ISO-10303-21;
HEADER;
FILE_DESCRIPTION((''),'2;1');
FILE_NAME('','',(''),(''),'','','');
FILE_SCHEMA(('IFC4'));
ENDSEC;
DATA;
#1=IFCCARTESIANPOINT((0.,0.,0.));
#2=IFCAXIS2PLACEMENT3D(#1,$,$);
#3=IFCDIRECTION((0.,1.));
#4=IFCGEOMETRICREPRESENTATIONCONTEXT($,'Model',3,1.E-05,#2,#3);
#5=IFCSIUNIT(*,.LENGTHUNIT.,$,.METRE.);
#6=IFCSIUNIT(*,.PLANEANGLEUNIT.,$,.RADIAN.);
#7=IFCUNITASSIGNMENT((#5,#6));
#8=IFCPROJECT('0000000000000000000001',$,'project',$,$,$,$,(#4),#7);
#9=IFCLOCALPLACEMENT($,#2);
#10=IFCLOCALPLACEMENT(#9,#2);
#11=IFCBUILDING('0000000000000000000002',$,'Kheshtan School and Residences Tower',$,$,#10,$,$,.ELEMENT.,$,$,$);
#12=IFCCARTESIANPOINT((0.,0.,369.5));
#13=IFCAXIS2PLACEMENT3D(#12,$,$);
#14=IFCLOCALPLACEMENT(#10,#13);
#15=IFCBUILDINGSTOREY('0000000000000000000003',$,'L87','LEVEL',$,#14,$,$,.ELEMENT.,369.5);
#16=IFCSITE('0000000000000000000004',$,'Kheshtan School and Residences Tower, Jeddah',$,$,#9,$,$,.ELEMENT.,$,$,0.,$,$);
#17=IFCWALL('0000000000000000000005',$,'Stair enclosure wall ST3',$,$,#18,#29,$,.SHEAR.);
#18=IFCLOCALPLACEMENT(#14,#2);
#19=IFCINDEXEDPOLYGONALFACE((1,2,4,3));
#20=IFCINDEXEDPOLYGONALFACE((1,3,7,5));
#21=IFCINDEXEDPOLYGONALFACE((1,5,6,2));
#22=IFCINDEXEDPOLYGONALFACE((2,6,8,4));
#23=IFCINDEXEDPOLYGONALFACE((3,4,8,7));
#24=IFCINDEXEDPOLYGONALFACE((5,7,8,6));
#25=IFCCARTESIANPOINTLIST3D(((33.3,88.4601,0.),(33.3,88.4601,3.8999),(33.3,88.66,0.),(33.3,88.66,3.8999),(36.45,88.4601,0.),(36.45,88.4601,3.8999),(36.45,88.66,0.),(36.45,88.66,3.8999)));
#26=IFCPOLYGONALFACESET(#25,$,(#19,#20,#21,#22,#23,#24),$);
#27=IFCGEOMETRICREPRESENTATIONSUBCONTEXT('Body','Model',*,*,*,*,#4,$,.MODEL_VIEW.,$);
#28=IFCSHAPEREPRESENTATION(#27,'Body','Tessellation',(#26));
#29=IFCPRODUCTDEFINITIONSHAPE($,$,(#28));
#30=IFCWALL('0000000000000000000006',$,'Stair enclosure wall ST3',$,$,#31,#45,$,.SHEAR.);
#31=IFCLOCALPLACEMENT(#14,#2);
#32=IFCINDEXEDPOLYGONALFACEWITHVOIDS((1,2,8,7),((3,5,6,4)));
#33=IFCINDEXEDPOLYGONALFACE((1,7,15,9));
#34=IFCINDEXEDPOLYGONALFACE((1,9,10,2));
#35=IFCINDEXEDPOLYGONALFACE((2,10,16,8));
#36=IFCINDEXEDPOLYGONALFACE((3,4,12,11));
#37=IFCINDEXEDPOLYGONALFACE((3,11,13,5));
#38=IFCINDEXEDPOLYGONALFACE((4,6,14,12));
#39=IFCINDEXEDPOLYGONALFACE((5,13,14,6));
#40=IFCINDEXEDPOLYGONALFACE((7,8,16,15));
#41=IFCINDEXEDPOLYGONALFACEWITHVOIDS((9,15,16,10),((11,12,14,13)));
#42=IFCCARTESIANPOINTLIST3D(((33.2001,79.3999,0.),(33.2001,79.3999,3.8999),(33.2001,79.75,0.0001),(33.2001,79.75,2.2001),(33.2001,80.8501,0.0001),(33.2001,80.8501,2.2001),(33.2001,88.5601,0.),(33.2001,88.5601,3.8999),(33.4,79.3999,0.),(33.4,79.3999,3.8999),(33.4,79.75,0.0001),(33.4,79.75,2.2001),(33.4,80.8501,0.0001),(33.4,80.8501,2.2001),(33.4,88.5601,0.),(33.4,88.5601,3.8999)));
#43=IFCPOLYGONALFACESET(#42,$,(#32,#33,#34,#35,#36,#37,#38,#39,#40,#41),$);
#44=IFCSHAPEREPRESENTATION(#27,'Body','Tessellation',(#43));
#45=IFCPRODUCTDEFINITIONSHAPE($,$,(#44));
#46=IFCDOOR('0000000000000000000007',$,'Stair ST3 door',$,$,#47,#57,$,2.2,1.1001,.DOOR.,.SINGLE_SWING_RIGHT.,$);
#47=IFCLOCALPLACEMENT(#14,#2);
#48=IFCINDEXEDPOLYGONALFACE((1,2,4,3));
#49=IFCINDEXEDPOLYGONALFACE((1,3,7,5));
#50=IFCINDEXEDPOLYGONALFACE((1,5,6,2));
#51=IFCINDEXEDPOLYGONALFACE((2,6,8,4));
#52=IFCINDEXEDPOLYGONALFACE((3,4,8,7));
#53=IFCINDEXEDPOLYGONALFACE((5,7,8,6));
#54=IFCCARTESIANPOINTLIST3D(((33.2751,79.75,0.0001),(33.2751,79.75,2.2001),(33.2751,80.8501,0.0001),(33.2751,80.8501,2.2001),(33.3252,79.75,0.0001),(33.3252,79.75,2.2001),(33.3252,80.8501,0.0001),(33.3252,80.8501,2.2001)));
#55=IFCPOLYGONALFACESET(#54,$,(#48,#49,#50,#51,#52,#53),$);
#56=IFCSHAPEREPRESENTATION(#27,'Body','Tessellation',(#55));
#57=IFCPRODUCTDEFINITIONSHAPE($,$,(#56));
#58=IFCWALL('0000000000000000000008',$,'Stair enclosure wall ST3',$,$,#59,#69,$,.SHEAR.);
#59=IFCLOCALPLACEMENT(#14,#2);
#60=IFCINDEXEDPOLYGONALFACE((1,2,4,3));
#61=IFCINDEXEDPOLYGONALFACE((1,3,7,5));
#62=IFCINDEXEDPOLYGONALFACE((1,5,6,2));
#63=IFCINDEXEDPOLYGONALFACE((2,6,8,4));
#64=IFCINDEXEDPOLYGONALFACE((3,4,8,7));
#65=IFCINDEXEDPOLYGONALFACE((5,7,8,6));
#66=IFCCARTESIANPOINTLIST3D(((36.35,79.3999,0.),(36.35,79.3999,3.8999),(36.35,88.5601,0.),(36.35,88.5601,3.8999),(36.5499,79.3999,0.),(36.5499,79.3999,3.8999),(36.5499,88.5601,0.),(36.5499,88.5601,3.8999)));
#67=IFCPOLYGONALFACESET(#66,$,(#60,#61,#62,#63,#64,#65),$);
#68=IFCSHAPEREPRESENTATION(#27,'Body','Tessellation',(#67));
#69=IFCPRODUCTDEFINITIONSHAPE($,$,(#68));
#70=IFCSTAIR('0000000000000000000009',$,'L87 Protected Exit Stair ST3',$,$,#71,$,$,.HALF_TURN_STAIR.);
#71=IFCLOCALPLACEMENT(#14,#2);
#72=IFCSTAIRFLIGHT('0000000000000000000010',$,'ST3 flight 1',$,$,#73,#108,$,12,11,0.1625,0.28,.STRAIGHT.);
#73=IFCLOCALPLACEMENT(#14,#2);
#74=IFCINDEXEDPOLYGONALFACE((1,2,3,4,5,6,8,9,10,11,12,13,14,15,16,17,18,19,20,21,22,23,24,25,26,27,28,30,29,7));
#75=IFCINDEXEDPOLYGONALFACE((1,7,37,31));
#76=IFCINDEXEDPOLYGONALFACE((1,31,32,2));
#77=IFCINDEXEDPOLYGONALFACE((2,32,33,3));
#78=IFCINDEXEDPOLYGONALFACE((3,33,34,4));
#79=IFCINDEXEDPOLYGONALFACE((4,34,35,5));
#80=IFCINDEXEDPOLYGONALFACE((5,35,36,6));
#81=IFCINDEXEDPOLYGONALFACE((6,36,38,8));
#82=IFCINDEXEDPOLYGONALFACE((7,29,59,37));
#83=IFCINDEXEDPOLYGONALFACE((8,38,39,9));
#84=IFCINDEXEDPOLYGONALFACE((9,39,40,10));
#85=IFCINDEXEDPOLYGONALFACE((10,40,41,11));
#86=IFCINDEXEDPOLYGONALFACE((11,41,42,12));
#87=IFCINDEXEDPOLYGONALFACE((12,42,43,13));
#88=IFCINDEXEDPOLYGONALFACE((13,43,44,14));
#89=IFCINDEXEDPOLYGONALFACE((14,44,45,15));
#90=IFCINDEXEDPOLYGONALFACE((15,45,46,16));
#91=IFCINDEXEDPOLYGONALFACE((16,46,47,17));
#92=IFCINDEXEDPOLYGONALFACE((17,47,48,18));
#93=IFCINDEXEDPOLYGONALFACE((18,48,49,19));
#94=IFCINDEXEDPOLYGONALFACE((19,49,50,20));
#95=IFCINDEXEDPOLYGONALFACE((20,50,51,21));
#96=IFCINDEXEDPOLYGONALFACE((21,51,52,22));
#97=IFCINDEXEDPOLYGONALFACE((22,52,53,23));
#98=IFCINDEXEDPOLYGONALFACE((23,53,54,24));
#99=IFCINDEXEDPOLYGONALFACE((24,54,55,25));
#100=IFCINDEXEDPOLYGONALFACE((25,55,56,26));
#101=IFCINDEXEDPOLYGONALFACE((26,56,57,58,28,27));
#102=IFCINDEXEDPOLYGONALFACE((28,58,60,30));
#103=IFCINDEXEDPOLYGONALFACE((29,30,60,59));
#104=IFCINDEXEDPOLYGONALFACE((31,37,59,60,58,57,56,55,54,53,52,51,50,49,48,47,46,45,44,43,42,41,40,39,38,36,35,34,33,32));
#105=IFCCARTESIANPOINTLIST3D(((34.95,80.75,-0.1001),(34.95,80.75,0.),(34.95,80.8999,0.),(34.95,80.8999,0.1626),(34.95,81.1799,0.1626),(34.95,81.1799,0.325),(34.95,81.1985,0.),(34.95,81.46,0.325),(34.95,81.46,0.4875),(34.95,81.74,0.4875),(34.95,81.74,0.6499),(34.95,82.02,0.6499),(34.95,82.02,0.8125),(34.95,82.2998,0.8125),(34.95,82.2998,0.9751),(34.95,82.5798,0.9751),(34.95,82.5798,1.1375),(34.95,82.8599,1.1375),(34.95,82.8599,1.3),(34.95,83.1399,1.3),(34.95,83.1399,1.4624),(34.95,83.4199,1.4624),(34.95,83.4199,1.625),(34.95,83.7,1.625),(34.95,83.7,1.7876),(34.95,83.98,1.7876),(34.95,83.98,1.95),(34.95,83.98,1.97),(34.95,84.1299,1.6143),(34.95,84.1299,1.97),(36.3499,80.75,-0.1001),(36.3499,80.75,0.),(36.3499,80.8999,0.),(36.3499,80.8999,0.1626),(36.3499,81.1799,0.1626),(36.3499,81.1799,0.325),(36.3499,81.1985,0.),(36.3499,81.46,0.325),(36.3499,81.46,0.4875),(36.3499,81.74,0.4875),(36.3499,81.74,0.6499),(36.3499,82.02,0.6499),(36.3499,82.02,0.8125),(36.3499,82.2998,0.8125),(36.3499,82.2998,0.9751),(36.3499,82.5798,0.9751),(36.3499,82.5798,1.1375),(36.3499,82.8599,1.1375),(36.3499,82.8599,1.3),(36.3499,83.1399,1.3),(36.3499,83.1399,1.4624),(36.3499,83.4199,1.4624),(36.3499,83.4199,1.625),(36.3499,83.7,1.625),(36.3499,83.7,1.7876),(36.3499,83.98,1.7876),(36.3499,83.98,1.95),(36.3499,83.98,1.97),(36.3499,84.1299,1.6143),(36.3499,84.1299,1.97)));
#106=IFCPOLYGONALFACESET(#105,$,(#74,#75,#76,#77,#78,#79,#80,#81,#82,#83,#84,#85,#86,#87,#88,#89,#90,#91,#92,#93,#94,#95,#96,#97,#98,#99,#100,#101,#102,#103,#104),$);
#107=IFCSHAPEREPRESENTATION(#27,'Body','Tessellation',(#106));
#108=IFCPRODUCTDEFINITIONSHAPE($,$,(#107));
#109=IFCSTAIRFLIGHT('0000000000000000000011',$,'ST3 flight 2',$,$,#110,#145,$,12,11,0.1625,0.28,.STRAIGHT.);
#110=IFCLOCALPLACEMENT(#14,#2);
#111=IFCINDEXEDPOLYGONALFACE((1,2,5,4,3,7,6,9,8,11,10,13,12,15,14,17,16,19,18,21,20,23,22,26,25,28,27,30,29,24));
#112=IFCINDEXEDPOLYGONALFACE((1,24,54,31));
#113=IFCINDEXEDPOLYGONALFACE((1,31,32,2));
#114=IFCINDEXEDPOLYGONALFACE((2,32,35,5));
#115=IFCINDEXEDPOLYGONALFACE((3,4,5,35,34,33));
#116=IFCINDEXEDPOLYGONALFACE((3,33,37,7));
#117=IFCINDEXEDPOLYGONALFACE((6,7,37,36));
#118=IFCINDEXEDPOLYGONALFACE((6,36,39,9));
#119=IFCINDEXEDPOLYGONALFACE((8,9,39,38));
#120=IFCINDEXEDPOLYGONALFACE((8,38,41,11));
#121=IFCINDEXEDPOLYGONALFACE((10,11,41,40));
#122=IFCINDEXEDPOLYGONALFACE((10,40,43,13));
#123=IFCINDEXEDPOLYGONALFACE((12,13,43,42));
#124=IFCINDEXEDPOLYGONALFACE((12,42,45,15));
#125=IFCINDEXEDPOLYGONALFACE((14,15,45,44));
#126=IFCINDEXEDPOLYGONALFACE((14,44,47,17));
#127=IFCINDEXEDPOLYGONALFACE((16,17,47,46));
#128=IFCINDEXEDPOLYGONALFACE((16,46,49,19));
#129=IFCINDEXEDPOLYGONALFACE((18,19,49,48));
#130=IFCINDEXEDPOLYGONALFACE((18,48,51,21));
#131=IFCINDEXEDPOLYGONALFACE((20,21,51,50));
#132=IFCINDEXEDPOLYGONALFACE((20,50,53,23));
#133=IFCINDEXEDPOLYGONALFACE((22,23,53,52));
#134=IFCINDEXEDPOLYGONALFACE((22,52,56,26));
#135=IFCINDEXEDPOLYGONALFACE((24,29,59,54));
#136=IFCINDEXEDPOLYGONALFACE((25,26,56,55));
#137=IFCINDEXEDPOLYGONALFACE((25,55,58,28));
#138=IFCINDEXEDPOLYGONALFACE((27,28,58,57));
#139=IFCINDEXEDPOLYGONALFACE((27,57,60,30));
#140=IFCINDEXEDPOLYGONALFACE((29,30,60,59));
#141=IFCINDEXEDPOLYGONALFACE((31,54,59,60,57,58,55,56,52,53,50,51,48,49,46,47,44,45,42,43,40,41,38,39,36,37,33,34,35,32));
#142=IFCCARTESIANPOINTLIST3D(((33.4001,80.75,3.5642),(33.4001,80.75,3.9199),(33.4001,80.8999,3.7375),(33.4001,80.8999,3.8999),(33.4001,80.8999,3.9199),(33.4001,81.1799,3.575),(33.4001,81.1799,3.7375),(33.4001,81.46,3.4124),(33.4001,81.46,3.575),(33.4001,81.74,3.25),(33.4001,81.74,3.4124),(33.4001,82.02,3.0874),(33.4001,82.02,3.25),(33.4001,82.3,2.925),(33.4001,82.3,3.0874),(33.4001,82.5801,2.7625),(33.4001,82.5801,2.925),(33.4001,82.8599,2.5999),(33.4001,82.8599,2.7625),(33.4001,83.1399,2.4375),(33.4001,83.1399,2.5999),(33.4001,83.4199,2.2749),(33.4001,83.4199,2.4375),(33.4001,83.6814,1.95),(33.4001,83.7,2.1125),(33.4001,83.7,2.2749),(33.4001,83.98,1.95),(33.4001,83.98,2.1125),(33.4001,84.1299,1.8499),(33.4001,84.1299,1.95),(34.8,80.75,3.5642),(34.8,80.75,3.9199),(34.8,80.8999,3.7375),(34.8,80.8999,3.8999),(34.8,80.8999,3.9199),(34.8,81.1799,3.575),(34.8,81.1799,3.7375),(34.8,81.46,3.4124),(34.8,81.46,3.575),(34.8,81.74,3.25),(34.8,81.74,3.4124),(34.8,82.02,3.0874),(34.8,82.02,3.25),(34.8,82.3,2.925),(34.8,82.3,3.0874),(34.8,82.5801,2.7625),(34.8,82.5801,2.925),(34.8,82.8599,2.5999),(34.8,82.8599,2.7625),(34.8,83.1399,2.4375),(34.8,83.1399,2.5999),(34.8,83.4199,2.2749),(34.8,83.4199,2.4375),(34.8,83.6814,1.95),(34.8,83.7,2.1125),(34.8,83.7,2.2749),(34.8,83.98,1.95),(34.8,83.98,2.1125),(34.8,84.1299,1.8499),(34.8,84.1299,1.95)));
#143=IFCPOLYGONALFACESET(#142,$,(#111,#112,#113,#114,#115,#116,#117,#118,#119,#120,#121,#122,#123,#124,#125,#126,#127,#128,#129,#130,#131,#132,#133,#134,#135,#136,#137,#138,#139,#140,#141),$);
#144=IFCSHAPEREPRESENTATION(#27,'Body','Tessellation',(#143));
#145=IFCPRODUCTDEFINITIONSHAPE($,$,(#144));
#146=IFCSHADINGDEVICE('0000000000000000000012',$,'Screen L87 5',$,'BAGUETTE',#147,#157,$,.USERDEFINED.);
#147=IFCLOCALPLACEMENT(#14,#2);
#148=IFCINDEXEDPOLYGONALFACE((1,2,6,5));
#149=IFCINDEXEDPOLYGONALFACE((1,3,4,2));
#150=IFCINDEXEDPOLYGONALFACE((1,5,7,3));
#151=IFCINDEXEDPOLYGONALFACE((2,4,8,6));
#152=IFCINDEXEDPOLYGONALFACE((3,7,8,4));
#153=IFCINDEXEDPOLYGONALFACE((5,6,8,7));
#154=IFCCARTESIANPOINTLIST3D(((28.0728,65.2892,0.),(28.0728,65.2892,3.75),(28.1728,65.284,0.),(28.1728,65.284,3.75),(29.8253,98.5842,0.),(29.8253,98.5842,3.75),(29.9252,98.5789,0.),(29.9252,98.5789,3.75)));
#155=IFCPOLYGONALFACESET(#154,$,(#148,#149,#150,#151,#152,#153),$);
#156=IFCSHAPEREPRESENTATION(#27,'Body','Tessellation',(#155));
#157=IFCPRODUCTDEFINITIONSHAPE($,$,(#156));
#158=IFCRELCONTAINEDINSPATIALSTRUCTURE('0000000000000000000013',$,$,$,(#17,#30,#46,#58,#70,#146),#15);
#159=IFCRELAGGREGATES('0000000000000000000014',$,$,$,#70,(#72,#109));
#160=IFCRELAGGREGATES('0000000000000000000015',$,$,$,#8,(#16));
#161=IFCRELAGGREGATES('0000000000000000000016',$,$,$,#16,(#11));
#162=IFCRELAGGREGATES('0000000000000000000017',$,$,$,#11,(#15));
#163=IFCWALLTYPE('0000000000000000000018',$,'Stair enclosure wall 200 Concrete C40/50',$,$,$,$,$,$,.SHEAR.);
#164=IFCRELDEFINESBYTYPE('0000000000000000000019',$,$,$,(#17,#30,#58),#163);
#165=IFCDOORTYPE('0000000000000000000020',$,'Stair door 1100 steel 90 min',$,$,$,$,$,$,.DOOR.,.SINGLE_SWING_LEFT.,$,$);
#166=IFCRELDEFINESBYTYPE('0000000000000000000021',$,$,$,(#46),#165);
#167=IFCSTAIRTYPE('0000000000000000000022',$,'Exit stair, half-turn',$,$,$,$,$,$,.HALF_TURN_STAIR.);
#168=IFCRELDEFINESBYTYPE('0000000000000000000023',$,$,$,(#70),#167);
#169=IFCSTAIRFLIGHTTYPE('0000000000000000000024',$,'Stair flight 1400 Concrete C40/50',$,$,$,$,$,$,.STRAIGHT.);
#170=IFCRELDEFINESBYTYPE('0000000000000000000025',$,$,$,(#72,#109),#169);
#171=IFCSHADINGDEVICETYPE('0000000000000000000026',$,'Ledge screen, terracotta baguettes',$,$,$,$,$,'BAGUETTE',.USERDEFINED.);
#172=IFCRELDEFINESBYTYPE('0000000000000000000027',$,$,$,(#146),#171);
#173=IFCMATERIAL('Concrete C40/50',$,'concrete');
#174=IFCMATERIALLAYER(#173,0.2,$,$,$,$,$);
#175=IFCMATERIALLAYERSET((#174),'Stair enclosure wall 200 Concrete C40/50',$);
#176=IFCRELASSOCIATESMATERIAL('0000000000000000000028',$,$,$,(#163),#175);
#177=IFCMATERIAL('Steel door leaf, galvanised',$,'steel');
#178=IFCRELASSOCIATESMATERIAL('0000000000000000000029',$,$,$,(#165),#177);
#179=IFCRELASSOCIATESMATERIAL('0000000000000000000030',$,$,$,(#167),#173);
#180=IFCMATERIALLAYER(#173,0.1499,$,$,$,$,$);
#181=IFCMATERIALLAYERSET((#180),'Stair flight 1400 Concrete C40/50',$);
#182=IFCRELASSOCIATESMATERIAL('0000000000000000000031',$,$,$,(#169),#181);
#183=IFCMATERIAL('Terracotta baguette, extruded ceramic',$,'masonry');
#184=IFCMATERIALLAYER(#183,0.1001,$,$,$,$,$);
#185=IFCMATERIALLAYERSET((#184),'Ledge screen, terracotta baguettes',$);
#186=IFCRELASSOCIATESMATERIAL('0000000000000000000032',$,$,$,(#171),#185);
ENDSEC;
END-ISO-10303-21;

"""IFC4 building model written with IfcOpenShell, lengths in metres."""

from ifc_helpers import new_model, si_unit, direction, frame, frame_2d, origin, origin_2d, place, context, subcontext, project, spatial, polyline, rectangle, outline, extrude, source, transform, mapped, material, layer, layer_set, type_object, element, fill, aggregate, save


model = new_model("IFC4")

# Units and contexts
model_context = context("Model", 3, precision=1e-05, world=origin(), true_north=direction((0.0, 1.0)))
body_context = subcontext(model_context, "Body", "Model", "MODEL_VIEW")
ifc_project = project(units=[si_unit("LENGTHUNIT", "METRE"), si_unit("PLANEANGLEUNIT", "RADIAN")], contexts=[model_context])

# Site, building, storey
site_placement = place(None, origin())
site = spatial("IfcSite", under=ifc_project, at=site_placement, Name="Kheshtan School and Residences Tower, Jeddah", CompositionType="ELEMENT", RefElevation=0.0)
building_placement = place(site_placement, origin())
building = spatial("IfcBuilding", under=site, at=building_placement, Name="Kheshtan School and Residences Tower", CompositionType="ELEMENT")
storey_placement = place(building_placement, frame((0.0, 0.0, 369.5)))
storey = spatial("IfcBuildingStorey", under=building, at=storey_placement, Name="L87", Description="LEVEL", CompositionType="ELEMENT", Elevation=369.5)

# Wall
ifc_material_1 = material(Name="Concrete C40/50", Category="concrete")
ifc_layer_1 = layer(ifc_material_1, 0.2)
ifc_layer_set_1 = layer_set([ifc_layer_1], Name="Stair enclosure wall 200 Concrete C40/50")
wall_type_1 = type_object("IfcWallType", Name="Stair enclosure wall 200 Concrete C40/50", PredefinedType="SHEAR", material=ifc_layer_set_1)
for number, where, z_axis, x_axis, name in (
    (1, (33.3, 88.5601, 0.0), (0.0, 0.0, 1.0), (1.0, 0.0, 0.0), "Stair enclosure wall ST3"),
):
    element("IfcWall", number, at=place(storey_placement, frame(where, z_axis=z_axis, x_axis=x_axis)), inside=storey, type_object=wall_type_1, Name=name, PredefinedType="SHEAR", context=body_context, shape_type="SweptSolid", body=[
        extrude(rectangle(XDim=3.1499, YDim=0.2, at=frame_2d((1.575, 0.0))), origin(), (0.0, 0.0, 1.0), 3.8999),
    ])

# Wall, opening, door
wall_1_placement = place(storey_placement, frame((33.3, 79.3999, 0.0), z_axis=(0.0, 0.0, 1.0), x_axis=(0.0, 1.0, 0.0)))
wall_1 = element("IfcWall", 2, at=wall_1_placement, inside=storey, type_object=wall_type_1, Name="Stair enclosure wall ST3", PredefinedType="SHEAR", context=body_context, shape_type="SweptSolid", body=[
    extrude(rectangle(XDim=9.1602, YDim=0.2, at=frame_2d((4.5801, 0.0))), origin(), (0.0, 0.0, 1.0), 3.8999),
])
opening_1_placement = place(wall_1_placement, frame((0.3501, 0.0, 0.0)))
opening_1 = element("IfcOpeningElement", 3, at=opening_1_placement, cuts=wall_1, PredefinedType="OPENING", context=body_context, shape_type="SweptSolid", body=[
    extrude(rectangle(XDim=1.1001, YDim=2.2, at=frame_2d((0.55, 1.1001))), frame((0.0, 0.1099, 0.0), z_axis=(0.0, -1.0, 0.0), x_axis=(1.0, 0.0, 0.0)), (0.0, 0.0, 1.0), 0.22),
])
ifc_material_2 = material(Name="Steel door leaf, galvanised", Category="steel")
door_type_1 = type_object("IfcDoorType", Name="Stair door 1100 steel 90 min", OperationType="SINGLE_SWING_LEFT", PredefinedType="DOOR", material=ifc_material_2)
shared_shape_1 = source(origin(), body_context, "Body", "SweptSolid", [
    extrude(rectangle(XDim=1.1001, YDim=2.2, at=frame_2d((0.55, 1.1001))), frame((0.0, 0.0249, 0.0), z_axis=(0.0, -1.0, 0.0), x_axis=(1.0, 0.0, 0.0)), (0.0, 0.0, 1.0), 0.05),
])
door_1_placement = place(opening_1_placement, origin())
door_1 = element("IfcDoor", 4, at=door_1_placement, inside=storey, type_object=door_type_1, Name="Stair ST3 door", OperationType="SINGLE_SWING_RIGHT", OverallHeight=2.2, OverallWidth=1.1001, PredefinedType="DOOR", context=body_context, shape_type="MappedRepresentation", body=[
    mapped(shared_shape_1, transform((0.0, 0.0, 0.0), x_axis=(1.0, 0.0, 0.0), y_axis=(0.0, 1.0, 0.0), z_axis=(0.0, 0.0, 1.0), scale=1.0)),
])
fill(opening_1, door_1)

# Wall
wall_2_placement = place(storey_placement, frame((36.45, 79.3999, 0.0), z_axis=(0.0, 0.0, 1.0), x_axis=(0.0, 1.0, 0.0)))
element("IfcWall", 5, at=wall_2_placement, inside=storey, type_object=wall_type_1, Name="Stair enclosure wall ST3", PredefinedType="SHEAR", context=body_context, shape_type="SweptSolid", body=[
    extrude(rectangle(XDim=9.1602, YDim=0.2, at=frame_2d((4.5801, 0.0))), origin(), (0.0, 0.0, 1.0), 3.8999),
])

# Stair, stair flights
stair_type = type_object("IfcStairType", Name="Exit stair, half-turn", PredefinedType="HALF_TURN_STAIR", material=ifc_material_1)
stair_placement = place(storey_placement, origin())
stair = element("IfcStair", 6, at=stair_placement, inside=storey, type_object=stair_type, Name="L87 Protected Exit Stair ST3", PredefinedType="HALF_TURN_STAIR")
ifc_layer_2 = layer(ifc_material_1, 0.1499)
ifc_layer_set_2 = layer_set([ifc_layer_2], Name="Stair flight 1400 Concrete C40/50")
stair_flight_type = type_object("IfcStairFlightType", Name="Stair flight 1400 Concrete C40/50", PredefinedType="STRAIGHT", material=ifc_layer_set_2)
stair_flight_1_placement = place(storey_placement, frame((35.6499, 80.8999, 0.0), z_axis=(0.0, 0.0, 1.0), x_axis=(0.0, 1.0, 0.0)))
stair_flight_1 = element("IfcStairFlight", 7, at=stair_flight_1_placement, type_object=stair_flight_type, Name="ST3 flight 1", NumberOfRisers=12, NumberOfTreads=11, PredefinedType="STRAIGHT", RiserHeight=0.1625, TreadLength=0.28, context=body_context, shape_type="SweptSolid", body=[
    extrude(outline(polyline([(-0.1499, -0.1001), (-0.1499, 0.0), (0.0, 0.0), (0.0, 0.1626), (0.28, 0.1626), (0.28, 0.325), (0.5601, 0.325), (0.5601, 0.4875), (0.8401, 0.4875), (0.8401, 0.6499), (1.1201, 0.6499), (1.1201, 0.8125), (1.3999, 0.8125), (1.3999, 0.9751), (1.6799, 0.9751), (1.6799, 1.1375), (1.96, 1.1375), (1.96, 1.3), (2.24, 1.3), (2.24, 1.4624), (2.52, 1.4624), (2.52, 1.625), (2.8, 1.625), (2.8, 1.7876), (3.0801, 1.7876), (3.0801, 1.95), (3.0801, 1.97), (3.23, 1.97), (3.23, 1.6143), (0.2986, 0.0), (-0.1499, -0.1001)])), frame((0.0, 0.7, 0.0), z_axis=(0.0, -1.0, 0.0), x_axis=(1.0, 0.0, 0.0)), (0.0, 0.0, 1.0), 1.3999),
])
stair_flight_2_placement = place(storey_placement, frame((34.1001, 83.98, 1.95), z_axis=(0.0, 0.0, 1.0), x_axis=(0.0, -1.0, 0.0)))
stair_flight_2 = element("IfcStairFlight", 8, at=stair_flight_2_placement, type_object=stair_flight_type, Name="ST3 flight 2", NumberOfRisers=12, NumberOfTreads=11, PredefinedType="STRAIGHT", RiserHeight=0.1625, TreadLength=0.28, context=body_context, shape_type="SweptSolid", body=[
    extrude(outline(polyline([(-0.1499, -0.1001), (-0.1499, 0.0), (0.0, 0.0), (0.0, 0.1626), (0.28, 0.1626), (0.28, 0.325), (0.5601, 0.325), (0.5601, 0.4875), (0.8401, 0.4875), (0.8401, 0.6499), (1.1201, 0.6499), (1.1201, 0.8125), (1.3999, 0.8125), (1.3999, 0.9751), (1.6799, 0.9751), (1.6799, 1.1375), (1.96, 1.1375), (1.96, 1.3), (2.24, 1.3), (2.24, 1.4624), (2.52, 1.4624), (2.52, 1.625), (2.8, 1.625), (2.8, 1.7876), (3.0801, 1.7876), (3.0801, 1.95), (3.0801, 1.97), (3.23, 1.97), (3.23, 1.6143), (0.2986, 0.0), (-0.1499, -0.1001)])), frame((0.0, 0.7, 0.0), z_axis=(0.0, -1.0, 0.0), x_axis=(1.0, 0.0, 0.0)), (0.0, 0.0, 1.0), 1.3999),
])
aggregate(stair, [stair_flight_1, stair_flight_2])

# Shading device
ifc_material_3 = material(Name="Terracotta baguette, extruded ceramic", Category="masonry")
ifc_layer_3 = layer(ifc_material_3, 0.1001)
ifc_layer_set_3 = layer_set([ifc_layer_3], Name="Ledge screen, terracotta baguettes")
shading_device_type = type_object("IfcShadingDeviceType", Name="Ledge screen, terracotta baguettes", ElementType="BAGUETTE", PredefinedType="USERDEFINED", material=ifc_layer_set_3)
shading_device_placement = place(storey_placement, frame((28.999, 81.9341, 0.0), z_axis=(0.0, 0.0, 1.0), x_axis=(0.052563, 0.998618, 0.0)))
element("IfcShadingDevice", 9, at=shading_device_placement, inside=storey, type_object=shading_device_type, Name="Screen L87 5", ObjectType="BAGUETTE", PredefinedType="USERDEFINED", context=body_context, shape_type="SweptSolid", body=[
    extrude(rectangle(XDim=33.3411, YDim=0.1001, at=origin_2d()), origin(), (0.0, 0.0, 1.0), 3.75),
])

save(model, "model.ifc")
